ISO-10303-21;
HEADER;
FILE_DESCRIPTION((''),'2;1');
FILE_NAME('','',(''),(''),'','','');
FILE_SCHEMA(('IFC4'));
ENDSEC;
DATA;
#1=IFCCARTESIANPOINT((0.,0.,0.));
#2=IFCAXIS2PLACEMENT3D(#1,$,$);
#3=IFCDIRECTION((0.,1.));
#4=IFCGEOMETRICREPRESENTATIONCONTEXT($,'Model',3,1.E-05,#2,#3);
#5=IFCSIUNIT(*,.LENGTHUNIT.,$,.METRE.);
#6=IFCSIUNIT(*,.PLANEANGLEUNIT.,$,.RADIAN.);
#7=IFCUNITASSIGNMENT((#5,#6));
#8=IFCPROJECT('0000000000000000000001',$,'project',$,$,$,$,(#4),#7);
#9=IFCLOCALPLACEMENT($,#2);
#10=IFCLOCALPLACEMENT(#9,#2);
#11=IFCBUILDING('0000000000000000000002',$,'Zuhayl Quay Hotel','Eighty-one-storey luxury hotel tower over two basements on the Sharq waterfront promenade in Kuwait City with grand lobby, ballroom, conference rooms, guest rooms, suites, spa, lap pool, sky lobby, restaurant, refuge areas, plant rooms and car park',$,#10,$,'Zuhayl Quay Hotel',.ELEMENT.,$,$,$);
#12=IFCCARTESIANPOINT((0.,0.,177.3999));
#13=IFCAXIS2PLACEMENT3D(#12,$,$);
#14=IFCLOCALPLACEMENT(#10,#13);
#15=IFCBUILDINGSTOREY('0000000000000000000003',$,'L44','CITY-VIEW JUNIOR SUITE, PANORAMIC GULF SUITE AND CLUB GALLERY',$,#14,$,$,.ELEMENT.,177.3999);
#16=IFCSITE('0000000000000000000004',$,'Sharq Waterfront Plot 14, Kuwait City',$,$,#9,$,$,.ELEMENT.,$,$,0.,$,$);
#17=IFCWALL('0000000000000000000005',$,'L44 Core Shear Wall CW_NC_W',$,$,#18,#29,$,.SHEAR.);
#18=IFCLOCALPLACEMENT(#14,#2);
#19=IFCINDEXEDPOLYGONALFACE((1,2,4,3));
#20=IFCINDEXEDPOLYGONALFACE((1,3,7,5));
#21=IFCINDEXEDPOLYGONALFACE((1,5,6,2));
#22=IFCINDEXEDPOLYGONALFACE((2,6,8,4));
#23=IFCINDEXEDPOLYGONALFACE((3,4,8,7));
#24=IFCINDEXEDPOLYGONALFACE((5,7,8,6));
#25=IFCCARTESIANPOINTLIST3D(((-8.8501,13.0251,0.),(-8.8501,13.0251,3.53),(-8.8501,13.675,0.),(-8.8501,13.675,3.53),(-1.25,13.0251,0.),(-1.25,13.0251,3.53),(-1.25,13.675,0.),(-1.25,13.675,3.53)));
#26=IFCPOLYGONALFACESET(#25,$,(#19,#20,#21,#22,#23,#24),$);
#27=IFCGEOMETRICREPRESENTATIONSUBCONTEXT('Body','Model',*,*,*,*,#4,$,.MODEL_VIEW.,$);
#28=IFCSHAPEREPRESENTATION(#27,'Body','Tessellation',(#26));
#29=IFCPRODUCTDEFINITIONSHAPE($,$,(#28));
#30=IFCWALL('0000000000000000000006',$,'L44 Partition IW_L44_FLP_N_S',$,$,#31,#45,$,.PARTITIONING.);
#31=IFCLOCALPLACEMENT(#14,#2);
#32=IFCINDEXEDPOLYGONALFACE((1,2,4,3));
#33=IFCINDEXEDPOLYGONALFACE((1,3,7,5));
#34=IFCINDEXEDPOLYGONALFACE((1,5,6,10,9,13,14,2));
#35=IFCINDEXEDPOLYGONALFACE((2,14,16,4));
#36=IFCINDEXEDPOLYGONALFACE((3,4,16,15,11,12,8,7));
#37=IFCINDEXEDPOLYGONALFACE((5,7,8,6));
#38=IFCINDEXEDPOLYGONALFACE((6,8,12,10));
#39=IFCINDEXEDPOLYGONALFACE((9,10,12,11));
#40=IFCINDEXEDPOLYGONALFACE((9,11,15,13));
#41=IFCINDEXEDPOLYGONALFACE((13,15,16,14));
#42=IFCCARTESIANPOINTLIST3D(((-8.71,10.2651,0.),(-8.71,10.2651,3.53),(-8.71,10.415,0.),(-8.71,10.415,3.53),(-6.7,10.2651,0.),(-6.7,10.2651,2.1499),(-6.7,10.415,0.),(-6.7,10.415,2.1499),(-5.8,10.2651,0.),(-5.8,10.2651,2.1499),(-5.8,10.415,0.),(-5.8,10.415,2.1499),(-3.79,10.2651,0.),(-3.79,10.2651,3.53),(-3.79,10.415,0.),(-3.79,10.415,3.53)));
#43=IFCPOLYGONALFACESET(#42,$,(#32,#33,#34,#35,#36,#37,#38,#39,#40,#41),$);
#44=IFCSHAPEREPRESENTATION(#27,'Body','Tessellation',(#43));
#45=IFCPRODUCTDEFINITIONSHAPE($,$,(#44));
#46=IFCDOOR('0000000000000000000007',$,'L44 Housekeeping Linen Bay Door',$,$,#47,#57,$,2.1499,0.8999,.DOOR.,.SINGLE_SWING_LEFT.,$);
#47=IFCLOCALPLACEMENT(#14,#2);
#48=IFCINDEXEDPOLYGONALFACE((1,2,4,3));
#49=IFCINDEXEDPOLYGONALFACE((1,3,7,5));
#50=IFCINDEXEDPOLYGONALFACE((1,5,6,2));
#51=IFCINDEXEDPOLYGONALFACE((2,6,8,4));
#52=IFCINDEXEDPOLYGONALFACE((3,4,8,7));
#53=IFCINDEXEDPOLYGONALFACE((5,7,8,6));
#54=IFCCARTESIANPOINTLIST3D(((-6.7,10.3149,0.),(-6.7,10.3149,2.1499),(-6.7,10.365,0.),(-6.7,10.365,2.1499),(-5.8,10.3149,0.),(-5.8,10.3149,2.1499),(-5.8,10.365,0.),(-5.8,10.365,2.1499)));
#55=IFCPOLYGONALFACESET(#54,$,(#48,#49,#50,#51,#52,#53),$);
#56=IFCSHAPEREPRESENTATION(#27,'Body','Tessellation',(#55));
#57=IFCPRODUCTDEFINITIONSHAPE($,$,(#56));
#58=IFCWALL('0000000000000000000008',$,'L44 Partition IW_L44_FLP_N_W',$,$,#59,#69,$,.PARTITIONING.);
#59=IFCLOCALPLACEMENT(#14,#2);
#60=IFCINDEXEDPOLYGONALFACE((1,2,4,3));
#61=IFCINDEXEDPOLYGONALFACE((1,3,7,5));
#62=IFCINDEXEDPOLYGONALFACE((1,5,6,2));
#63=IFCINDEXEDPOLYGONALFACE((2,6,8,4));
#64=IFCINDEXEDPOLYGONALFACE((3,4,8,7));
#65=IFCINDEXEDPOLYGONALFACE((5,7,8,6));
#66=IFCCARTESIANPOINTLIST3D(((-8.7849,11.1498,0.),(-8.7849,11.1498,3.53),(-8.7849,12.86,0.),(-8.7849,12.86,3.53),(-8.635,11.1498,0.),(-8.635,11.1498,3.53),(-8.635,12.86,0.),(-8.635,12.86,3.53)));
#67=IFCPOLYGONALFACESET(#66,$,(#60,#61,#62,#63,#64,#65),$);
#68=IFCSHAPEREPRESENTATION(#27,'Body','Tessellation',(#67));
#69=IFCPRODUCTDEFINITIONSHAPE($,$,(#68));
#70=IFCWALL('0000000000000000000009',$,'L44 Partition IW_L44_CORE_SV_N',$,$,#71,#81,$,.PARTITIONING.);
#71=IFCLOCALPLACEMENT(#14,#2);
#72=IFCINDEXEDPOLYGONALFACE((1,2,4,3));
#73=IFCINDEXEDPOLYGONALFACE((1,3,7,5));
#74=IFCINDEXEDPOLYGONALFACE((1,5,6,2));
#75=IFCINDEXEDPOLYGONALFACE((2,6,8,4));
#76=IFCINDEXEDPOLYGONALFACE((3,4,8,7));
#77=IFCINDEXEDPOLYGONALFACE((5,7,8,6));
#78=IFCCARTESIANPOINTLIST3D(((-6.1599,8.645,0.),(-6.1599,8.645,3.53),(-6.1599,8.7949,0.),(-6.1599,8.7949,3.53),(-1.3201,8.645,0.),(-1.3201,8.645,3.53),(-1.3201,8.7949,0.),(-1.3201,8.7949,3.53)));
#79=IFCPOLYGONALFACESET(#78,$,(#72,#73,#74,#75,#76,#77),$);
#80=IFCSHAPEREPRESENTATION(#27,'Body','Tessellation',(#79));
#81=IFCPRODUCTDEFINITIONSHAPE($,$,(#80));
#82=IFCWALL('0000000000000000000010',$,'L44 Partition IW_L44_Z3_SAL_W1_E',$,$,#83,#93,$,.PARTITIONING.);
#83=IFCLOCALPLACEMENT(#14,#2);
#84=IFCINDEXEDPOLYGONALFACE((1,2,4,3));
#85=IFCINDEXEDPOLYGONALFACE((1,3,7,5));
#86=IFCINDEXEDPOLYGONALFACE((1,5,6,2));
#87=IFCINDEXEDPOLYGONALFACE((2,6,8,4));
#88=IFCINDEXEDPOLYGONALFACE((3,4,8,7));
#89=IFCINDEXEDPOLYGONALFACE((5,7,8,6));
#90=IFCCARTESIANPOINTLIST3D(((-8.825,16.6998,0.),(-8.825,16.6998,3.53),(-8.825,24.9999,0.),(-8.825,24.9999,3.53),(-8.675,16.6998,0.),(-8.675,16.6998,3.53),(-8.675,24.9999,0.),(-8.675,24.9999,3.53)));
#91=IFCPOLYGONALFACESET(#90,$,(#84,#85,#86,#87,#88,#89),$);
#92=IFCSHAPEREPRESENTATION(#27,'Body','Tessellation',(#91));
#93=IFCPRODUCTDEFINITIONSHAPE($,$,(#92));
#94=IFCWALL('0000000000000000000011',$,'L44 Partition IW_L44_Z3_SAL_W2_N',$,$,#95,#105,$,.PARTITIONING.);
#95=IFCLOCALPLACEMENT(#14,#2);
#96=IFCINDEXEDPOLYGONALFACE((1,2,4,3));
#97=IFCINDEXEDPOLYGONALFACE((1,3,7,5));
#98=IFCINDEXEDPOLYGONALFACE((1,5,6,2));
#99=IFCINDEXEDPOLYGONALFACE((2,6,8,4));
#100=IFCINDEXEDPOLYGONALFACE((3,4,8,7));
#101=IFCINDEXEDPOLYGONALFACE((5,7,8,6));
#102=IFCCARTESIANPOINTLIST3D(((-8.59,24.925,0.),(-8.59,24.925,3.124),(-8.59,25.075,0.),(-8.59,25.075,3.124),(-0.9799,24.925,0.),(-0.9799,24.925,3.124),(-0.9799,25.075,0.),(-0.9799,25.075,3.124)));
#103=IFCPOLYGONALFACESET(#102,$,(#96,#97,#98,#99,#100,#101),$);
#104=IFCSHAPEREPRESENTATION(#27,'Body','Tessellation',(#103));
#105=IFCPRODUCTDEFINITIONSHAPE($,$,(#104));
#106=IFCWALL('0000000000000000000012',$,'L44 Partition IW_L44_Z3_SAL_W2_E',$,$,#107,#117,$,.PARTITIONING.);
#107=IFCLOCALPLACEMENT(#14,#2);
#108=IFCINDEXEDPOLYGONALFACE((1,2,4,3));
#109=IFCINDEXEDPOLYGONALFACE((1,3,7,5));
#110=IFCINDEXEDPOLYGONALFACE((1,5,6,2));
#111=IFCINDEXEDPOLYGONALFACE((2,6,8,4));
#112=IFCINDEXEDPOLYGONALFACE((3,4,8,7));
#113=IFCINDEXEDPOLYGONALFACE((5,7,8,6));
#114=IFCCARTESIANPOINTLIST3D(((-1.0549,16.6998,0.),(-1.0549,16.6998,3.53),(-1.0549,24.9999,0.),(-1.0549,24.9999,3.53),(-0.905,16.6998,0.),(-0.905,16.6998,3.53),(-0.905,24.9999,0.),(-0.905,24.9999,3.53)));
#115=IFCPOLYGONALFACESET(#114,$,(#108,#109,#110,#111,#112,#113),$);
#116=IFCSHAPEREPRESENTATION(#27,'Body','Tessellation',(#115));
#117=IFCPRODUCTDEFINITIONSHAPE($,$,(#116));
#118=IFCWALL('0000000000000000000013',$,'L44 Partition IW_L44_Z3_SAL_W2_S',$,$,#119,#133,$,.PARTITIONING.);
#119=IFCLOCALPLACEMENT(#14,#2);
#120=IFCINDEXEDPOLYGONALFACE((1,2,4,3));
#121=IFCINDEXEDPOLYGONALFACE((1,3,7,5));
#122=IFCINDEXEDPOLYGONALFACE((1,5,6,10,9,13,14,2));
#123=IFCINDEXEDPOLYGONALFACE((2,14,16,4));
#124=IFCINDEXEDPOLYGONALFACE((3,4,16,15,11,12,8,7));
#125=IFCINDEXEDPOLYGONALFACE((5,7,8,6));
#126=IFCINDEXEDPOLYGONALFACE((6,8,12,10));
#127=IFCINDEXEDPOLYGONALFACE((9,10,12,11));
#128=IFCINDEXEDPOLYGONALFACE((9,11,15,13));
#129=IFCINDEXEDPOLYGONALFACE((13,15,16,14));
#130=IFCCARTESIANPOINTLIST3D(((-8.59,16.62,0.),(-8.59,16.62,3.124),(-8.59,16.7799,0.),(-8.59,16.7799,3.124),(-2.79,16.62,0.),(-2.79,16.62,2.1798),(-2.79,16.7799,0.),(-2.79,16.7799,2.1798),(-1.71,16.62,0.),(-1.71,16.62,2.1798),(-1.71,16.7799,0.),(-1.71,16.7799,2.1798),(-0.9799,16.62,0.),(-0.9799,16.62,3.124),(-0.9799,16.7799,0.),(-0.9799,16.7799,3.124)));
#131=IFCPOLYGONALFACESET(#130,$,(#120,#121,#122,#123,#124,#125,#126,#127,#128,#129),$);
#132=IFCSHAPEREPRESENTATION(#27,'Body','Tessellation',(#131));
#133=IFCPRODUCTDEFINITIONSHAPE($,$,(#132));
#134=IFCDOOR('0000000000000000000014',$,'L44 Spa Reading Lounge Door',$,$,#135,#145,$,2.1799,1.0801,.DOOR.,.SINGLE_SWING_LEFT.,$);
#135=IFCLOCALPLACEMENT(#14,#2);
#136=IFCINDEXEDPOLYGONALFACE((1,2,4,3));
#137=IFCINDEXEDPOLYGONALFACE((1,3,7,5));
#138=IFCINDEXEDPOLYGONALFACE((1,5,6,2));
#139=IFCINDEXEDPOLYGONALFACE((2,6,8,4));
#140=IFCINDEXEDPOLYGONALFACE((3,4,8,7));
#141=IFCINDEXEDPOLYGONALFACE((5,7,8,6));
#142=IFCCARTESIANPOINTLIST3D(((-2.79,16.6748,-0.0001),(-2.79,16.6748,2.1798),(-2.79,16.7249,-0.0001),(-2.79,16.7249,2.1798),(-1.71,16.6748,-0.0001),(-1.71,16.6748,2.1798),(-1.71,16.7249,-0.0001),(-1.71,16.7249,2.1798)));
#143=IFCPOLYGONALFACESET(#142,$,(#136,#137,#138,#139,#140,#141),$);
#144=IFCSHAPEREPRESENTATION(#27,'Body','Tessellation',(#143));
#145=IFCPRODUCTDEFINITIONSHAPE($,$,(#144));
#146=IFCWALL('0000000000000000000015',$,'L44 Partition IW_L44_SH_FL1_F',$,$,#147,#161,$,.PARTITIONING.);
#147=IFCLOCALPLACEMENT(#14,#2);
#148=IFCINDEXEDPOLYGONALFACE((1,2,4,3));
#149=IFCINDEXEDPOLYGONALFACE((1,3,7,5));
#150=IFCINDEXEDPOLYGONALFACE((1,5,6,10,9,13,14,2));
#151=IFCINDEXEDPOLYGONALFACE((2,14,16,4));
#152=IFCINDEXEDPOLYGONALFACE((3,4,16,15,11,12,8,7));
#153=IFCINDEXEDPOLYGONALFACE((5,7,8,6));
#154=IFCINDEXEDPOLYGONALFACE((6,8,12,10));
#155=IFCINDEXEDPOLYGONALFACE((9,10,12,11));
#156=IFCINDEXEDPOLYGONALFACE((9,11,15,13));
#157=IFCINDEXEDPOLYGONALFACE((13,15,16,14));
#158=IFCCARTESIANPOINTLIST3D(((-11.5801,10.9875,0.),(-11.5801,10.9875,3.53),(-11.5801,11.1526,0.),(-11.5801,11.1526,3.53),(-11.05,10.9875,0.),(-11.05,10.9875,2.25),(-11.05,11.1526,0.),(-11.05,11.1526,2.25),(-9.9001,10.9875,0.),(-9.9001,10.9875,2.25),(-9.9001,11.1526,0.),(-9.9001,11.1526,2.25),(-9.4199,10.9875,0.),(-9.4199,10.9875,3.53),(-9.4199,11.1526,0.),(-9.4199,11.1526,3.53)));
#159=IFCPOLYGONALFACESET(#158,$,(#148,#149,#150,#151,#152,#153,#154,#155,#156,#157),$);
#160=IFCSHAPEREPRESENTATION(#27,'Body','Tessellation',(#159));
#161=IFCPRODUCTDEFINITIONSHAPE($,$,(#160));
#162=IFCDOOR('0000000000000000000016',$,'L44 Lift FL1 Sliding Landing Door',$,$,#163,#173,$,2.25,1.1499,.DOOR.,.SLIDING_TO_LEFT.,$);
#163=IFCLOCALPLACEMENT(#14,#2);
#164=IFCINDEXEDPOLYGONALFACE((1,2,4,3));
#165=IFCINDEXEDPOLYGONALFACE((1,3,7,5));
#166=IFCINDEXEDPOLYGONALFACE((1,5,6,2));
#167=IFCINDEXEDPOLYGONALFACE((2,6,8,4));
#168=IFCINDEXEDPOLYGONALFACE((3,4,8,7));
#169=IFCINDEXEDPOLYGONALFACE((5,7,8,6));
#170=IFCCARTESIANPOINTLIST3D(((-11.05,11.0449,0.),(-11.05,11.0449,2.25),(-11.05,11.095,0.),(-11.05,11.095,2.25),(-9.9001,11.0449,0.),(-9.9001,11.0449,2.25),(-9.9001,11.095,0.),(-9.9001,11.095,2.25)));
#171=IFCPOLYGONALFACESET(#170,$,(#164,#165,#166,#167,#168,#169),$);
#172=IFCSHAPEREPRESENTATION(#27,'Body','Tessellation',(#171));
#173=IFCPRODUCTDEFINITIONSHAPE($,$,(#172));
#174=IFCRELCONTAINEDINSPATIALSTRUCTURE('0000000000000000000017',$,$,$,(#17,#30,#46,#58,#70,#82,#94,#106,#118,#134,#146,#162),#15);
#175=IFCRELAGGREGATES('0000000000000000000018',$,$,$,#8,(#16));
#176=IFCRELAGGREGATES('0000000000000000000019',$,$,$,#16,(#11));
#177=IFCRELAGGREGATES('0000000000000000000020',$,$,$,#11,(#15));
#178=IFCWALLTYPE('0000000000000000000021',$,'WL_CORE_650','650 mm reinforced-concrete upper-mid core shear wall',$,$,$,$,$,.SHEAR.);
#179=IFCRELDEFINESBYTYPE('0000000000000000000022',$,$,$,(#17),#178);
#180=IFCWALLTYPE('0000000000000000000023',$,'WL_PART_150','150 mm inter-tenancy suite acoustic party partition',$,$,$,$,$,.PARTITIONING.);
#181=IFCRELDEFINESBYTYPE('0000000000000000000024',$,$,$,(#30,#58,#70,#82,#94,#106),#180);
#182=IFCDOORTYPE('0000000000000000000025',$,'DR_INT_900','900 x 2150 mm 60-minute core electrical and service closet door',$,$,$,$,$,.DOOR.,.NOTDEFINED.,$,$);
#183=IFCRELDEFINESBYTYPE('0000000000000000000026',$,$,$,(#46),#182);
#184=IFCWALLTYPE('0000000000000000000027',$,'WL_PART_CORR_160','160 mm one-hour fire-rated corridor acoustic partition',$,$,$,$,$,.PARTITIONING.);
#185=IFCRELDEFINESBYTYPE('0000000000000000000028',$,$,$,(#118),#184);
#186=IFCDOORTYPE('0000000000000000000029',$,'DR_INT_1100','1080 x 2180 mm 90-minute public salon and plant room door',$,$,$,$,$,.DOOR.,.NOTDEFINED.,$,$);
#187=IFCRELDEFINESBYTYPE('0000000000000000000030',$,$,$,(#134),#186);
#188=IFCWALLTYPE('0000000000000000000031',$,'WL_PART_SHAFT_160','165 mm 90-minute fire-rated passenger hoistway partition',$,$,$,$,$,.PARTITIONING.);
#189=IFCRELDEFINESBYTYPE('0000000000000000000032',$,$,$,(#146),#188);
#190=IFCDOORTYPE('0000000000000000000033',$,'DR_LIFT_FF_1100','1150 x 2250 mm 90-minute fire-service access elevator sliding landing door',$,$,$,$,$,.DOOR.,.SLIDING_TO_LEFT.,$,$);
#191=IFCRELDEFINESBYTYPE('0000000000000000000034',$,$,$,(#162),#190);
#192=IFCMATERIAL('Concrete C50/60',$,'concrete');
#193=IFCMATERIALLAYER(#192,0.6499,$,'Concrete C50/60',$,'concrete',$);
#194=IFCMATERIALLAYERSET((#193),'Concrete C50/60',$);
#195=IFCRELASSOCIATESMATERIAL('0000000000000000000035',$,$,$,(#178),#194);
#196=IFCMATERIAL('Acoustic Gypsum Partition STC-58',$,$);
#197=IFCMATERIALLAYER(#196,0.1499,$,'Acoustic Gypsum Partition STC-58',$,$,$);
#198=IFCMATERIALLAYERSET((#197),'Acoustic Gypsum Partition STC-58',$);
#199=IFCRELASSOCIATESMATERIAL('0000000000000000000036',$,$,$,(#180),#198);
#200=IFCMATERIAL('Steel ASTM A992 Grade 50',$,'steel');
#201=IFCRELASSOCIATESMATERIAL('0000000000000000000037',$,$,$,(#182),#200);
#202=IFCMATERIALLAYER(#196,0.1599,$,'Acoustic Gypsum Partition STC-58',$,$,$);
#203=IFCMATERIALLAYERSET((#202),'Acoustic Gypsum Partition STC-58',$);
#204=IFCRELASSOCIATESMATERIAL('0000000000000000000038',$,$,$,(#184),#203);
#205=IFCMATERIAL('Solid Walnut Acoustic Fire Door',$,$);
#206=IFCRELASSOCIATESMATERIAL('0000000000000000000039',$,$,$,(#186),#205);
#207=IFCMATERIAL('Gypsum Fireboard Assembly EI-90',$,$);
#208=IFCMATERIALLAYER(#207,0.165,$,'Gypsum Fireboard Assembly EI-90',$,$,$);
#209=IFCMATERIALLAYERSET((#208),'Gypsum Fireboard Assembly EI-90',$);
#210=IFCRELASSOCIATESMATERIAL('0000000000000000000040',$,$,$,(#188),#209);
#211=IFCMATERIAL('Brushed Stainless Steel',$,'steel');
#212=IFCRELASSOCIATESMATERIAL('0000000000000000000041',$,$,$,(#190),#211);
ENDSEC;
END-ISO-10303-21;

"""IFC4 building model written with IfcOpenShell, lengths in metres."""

from ifc_helpers import new_model, si_unit, direction, frame, frame_2d, origin, place, context, subcontext, project, spatial, rectangle, extrude, material, layer, layer_set, type_object, element, fill, save


model = new_model("IFC4")

# Units and contexts
model_context = context("Model", 3, precision=1e-05, world=origin(), true_north=direction((0.0, 1.0)))
body_context = subcontext(model_context, "Body", "Model", "MODEL_VIEW")
ifc_project = project(units=[si_unit("LENGTHUNIT", "METRE"), si_unit("PLANEANGLEUNIT", "RADIAN")], contexts=[model_context])

# Site, building, storey
site_placement = place(None, origin())
site = spatial("IfcSite", under=ifc_project, at=site_placement, Name="Sharq Waterfront Plot 14, Kuwait City", CompositionType="ELEMENT", RefElevation=0.0)
building_placement = place(site_placement, origin())
building = spatial("IfcBuilding", under=site, at=building_placement, Name="Zuhayl Quay Hotel", Description="Eighty-one-storey luxury hotel tower over two basements on the Sharq waterfront promenade in Kuwait City with grand lobby, ballroom, conference rooms, guest rooms, suites, spa, lap pool, sky lobby, restaurant, refuge areas, plant rooms and car park", LongName="Zuhayl Quay Hotel", CompositionType="ELEMENT")
storey_placement = place(building_placement, frame((0.0, 0.0, 177.3999)))
storey = spatial("IfcBuildingStorey", under=building, at=storey_placement, Name="L44", Description="CITY-VIEW JUNIOR SUITE, PANORAMIC GULF SUITE AND CLUB GALLERY", CompositionType="ELEMENT", Elevation=177.3999)

# Shared definitions
ifc_material_1 = material(Name="Steel ASTM A992 Grade 50", Category="steel")

# Wall
ifc_material_2 = material(Name="Concrete C50/60", Category="concrete")
ifc_layer_1 = layer(ifc_material_2, 0.6499, Name="Concrete C50/60", Category="concrete")
ifc_layer_set_1 = layer_set([ifc_layer_1], Name="Concrete C50/60")
wall_type_1 = type_object("IfcWallType", Name="WL_CORE_650", Description="650 mm reinforced-concrete upper-mid core shear wall", PredefinedType="SHEAR", material=ifc_layer_set_1)
wall_1_placement = place(storey_placement, frame((-8.8501, 13.3501, 0.0), z_axis=(0.0, 0.0, 1.0), x_axis=(1.0, 0.0, 0.0)))
element("IfcWall", 1, at=wall_1_placement, inside=storey, type_object=wall_type_1, Name="L44 Core Shear Wall CW_NC_W", PredefinedType="SHEAR", context=body_context, shape_type="SweptSolid", body=[
    extrude(rectangle(XDim=7.6001, YDim=0.6499, at=frame_2d((3.8, 0.0))), origin(), (0.0, 0.0, 1.0), 3.53),
])

# Wall, opening, door
ifc_material_3 = material(Name="Acoustic Gypsum Partition STC-58")
ifc_layer_2 = layer(ifc_material_3, 0.1499, Name="Acoustic Gypsum Partition STC-58")
ifc_layer_set_2 = layer_set([ifc_layer_2], Name="Acoustic Gypsum Partition STC-58")
wall_type_2 = type_object("IfcWallType", Name="WL_PART_150", Description="150 mm inter-tenancy suite acoustic party partition", PredefinedType="PARTITIONING", material=ifc_layer_set_2)
wall_2_placement = place(storey_placement, frame((-8.71, 10.3401, 0.0), z_axis=(0.0, 0.0, 1.0), x_axis=(1.0, 0.0, 0.0)))
wall_2 = element("IfcWall", 2, at=wall_2_placement, inside=storey, type_object=wall_type_2, Name="L44 Partition IW_L44_FLP_N_S", PredefinedType="PARTITIONING", context=body_context, shape_type="SweptSolid", body=[
    extrude(rectangle(XDim=4.9199, YDim=0.1499, at=frame_2d((2.46, 0.0))), origin(), (0.0, 0.0, 1.0), 3.53),
])
opening_1_placement = place(wall_2_placement, frame((2.01, 0.0, 0.0)))
opening_1 = element("IfcOpeningElement", 3, at=opening_1_placement, cuts=wall_2, PredefinedType="OPENING", context=body_context, shape_type="SweptSolid", body=[
    extrude(rectangle(XDim=0.8999, YDim=2.1499, at=frame_2d((0.45, 1.075))), frame((0.0, 0.085, 0.0), z_axis=(0.0, -1.0, 0.0), x_axis=(1.0, 0.0, 0.0)), (0.0, 0.0, 1.0), 0.1699),
])
door_type_1 = type_object("IfcDoorType", Name="DR_INT_900", Description="900 x 2150 mm 60-minute core electrical and service closet door", OperationType="NOTDEFINED", PredefinedType="DOOR", material=ifc_material_1)
door_1_placement = place(opening_1_placement, origin())
door_1 = element("IfcDoor", 4, at=door_1_placement, inside=storey, type_object=door_type_1, Name="L44 Housekeeping Linen Bay Door", OperationType="SINGLE_SWING_LEFT", OverallHeight=2.1499, OverallWidth=0.8999, PredefinedType="DOOR", context=body_context, shape_type="SweptSolid", body=[
    extrude(rectangle(XDim=0.8999, YDim=2.1499, at=frame_2d((0.45, 1.075))), frame((0.0, 0.0249, 0.0), z_axis=(0.0, -1.0, 0.0), x_axis=(1.0, 0.0, 0.0)), (0.0, 0.0, 1.0), 0.05),
])
fill(opening_1, door_1)

# Walls
wall_3_placement = place(storey_placement, frame((-8.71, 11.1499, 0.0), z_axis=(0.0, 0.0, 1.0), x_axis=(0.0, 1.0, 0.0)))
element("IfcWall", 5, at=wall_3_placement, inside=storey, type_object=wall_type_2, Name="L44 Partition IW_L44_FLP_N_W", PredefinedType="PARTITIONING", context=body_context, shape_type="SweptSolid", body=[
    extrude(rectangle(XDim=1.7102, YDim=0.1499, at=frame_2d((0.855, 0.0))), origin(), (0.0, 0.0, 1.0), 3.53),
])
wall_4_placement = place(storey_placement, frame((-6.1599, 8.72, 0.0), z_axis=(0.0, 0.0, 1.0), x_axis=(1.0, 0.0, 0.0)))
element("IfcWall", 6, at=wall_4_placement, inside=storey, type_object=wall_type_2, Name="L44 Partition IW_L44_CORE_SV_N", PredefinedType="PARTITIONING", context=body_context, shape_type="SweptSolid", body=[
    extrude(rectangle(XDim=4.8398, YDim=0.1499, at=frame_2d((2.4199, 0.0))), origin(), (0.0, 0.0, 1.0), 3.53),
])
wall_5_placement = place(storey_placement, frame((-8.75, 16.7, 0.0), z_axis=(0.0, 0.0, 1.0), x_axis=(0.0, 1.0, 0.0)))
element("IfcWall", 7, at=wall_5_placement, inside=storey, type_object=wall_type_2, Name="L44 Partition IW_L44_Z3_SAL_W1_E", PredefinedType="PARTITIONING", context=body_context, shape_type="SweptSolid", body=[
    extrude(rectangle(XDim=8.3, YDim=0.1499, at=frame_2d((4.1499, 0.0))), origin(), (0.0, 0.0, 1.0), 3.53),
])
wall_6_placement = place(storey_placement, frame((-8.5901, 25.0, 0.0), z_axis=(0.0, 0.0, 1.0), x_axis=(1.0, 0.0, 0.0)))
element("IfcWall", 8, at=wall_6_placement, inside=storey, type_object=wall_type_2, Name="L44 Partition IW_L44_Z3_SAL_W2_N", PredefinedType="PARTITIONING", context=body_context, shape_type="SweptSolid", body=[
    extrude(rectangle(XDim=7.6101, YDim=0.1499, at=frame_2d((3.8052, 0.0))), origin(), (0.0, 0.0, 1.0), 3.124),
])
wall_7_placement = place(storey_placement, frame((-0.98, 16.7, 0.0), z_axis=(0.0, 0.0, 1.0), x_axis=(0.0, 1.0, 0.0)))
element("IfcWall", 9, at=wall_7_placement, inside=storey, type_object=wall_type_2, Name="L44 Partition IW_L44_Z3_SAL_W2_E", PredefinedType="PARTITIONING", context=body_context, shape_type="SweptSolid", body=[
    extrude(rectangle(XDim=8.3, YDim=0.1499, at=frame_2d((4.1499, 0.0))), origin(), (0.0, 0.0, 1.0), 3.53),
])

# Walls, openings, doors
ifc_layer_3 = layer(ifc_material_3, 0.1599, Name="Acoustic Gypsum Partition STC-58")
ifc_layer_set_3 = layer_set([ifc_layer_3], Name="Acoustic Gypsum Partition STC-58")
wall_type_3 = type_object("IfcWallType", Name="WL_PART_CORR_160", Description="160 mm one-hour fire-rated corridor acoustic partition", PredefinedType="PARTITIONING", material=ifc_layer_set_3)
wall_8_placement = place(storey_placement, frame((-8.5901, 16.7, 0.0), z_axis=(0.0, 0.0, 1.0), x_axis=(1.0, 0.0, 0.0)))
wall_8 = element("IfcWall", 10, at=wall_8_placement, inside=storey, type_object=wall_type_3, Name="L44 Partition IW_L44_Z3_SAL_W2_S", PredefinedType="PARTITIONING", context=body_context, shape_type="SweptSolid", body=[
    extrude(rectangle(XDim=7.6101, YDim=0.1599, at=frame_2d((3.8052, 0.0))), origin(), (0.0, 0.0, 1.0), 3.124),
])
opening_2_placement = place(wall_8_placement, frame((5.8, 0.0, 0.0)))
opening_2 = element("IfcOpeningElement", 11, at=opening_2_placement, cuts=wall_8, PredefinedType="OPENING", context=body_context, shape_type="SweptSolid", body=[
    extrude(rectangle(XDim=1.0801, YDim=2.1799, at=frame_2d((0.54, 1.0898))), frame((0.0, 0.0898, 0.0), z_axis=(0.0, -1.0, 0.0), x_axis=(1.0, 0.0, 0.0)), (0.0, 0.0, 1.0), 0.1799),
])
ifc_material_4 = material(Name="Solid Walnut Acoustic Fire Door")
door_type_2 = type_object("IfcDoorType", Name="DR_INT_1100", Description="1080 x 2180 mm 90-minute public salon and plant room door", OperationType="NOTDEFINED", PredefinedType="DOOR", material=ifc_material_4)
door_2_placement = place(opening_2_placement, origin())
door_2 = element("IfcDoor", 12, at=door_2_placement, inside=storey, type_object=door_type_2, Name="L44 Spa Reading Lounge Door", OperationType="SINGLE_SWING_LEFT", OverallHeight=2.1799, OverallWidth=1.0801, PredefinedType="DOOR", context=body_context, shape_type="SweptSolid", body=[
    extrude(rectangle(XDim=1.0801, YDim=2.1799, at=frame_2d((0.54, 1.0898))), frame((0.0, 0.0249, 0.0), z_axis=(0.0, -1.0, 0.0), x_axis=(1.0, 0.0, 0.0)), (0.0, 0.0, 1.0), 0.05),
])
fill(opening_2, door_2)
ifc_material_5 = material(Name="Gypsum Fireboard Assembly EI-90")
ifc_layer_4 = layer(ifc_material_5, 0.165, Name="Gypsum Fireboard Assembly EI-90")
ifc_layer_set_4 = layer_set([ifc_layer_4], Name="Gypsum Fireboard Assembly EI-90")
wall_type_4 = type_object("IfcWallType", Name="WL_PART_SHAFT_160", Description="165 mm 90-minute fire-rated passenger hoistway partition", PredefinedType="PARTITIONING", material=ifc_layer_set_4)
wall_9_placement = place(storey_placement, frame((-11.5801, 11.0701, 0.0), z_axis=(0.0, 0.0, 1.0), x_axis=(1.0, 0.0, 0.0)))
wall_9 = element("IfcWall", 13, at=wall_9_placement, inside=storey, type_object=wall_type_4, Name="L44 Partition IW_L44_SH_FL1_F", PredefinedType="PARTITIONING", context=body_context, shape_type="SweptSolid", body=[
    extrude(rectangle(XDim=2.1602, YDim=0.165, at=frame_2d((1.0801, 0.0))), origin(), (0.0, 0.0, 1.0), 3.53),
])
opening_3_placement = place(wall_9_placement, frame((0.53, 0.0, 0.0)))
opening_3 = element("IfcOpeningElement", 14, at=opening_3_placement, cuts=wall_9, PredefinedType="OPENING", context=body_context, shape_type="SweptSolid", body=[
    extrude(rectangle(XDim=1.1499, YDim=2.25, at=frame_2d((0.575, 1.125))), frame((0.0, 0.0925, 0.0), z_axis=(0.0, -1.0, 0.0), x_axis=(1.0, 0.0, 0.0)), (0.0, 0.0, 1.0), 0.1851),
])
ifc_material_6 = material(Name="Brushed Stainless Steel", Category="steel")
door_type_3 = type_object("IfcDoorType", Name="DR_LIFT_FF_1100", Description="1150 x 2250 mm 90-minute fire-service access elevator sliding landing door", OperationType="SLIDING_TO_LEFT", PredefinedType="DOOR", material=ifc_material_6)
door_3_placement = place(opening_3_placement, origin())
door_3 = element("IfcDoor", 15, at=door_3_placement, inside=storey, type_object=door_type_3, Name="L44 Lift FL1 Sliding Landing Door", OperationType="SLIDING_TO_LEFT", OverallHeight=2.25, OverallWidth=1.1499, PredefinedType="DOOR", context=body_context, shape_type="SweptSolid", body=[
    extrude(rectangle(XDim=1.1499, YDim=2.25, at=frame_2d((0.575, 1.125))), frame((0.0, 0.0249, 0.0), z_axis=(0.0, -1.0, 0.0), x_axis=(1.0, 0.0, 0.0)), (0.0, 0.0, 1.0), 0.05),
])
fill(opening_3, door_3)

save(model, "model.ifc")
